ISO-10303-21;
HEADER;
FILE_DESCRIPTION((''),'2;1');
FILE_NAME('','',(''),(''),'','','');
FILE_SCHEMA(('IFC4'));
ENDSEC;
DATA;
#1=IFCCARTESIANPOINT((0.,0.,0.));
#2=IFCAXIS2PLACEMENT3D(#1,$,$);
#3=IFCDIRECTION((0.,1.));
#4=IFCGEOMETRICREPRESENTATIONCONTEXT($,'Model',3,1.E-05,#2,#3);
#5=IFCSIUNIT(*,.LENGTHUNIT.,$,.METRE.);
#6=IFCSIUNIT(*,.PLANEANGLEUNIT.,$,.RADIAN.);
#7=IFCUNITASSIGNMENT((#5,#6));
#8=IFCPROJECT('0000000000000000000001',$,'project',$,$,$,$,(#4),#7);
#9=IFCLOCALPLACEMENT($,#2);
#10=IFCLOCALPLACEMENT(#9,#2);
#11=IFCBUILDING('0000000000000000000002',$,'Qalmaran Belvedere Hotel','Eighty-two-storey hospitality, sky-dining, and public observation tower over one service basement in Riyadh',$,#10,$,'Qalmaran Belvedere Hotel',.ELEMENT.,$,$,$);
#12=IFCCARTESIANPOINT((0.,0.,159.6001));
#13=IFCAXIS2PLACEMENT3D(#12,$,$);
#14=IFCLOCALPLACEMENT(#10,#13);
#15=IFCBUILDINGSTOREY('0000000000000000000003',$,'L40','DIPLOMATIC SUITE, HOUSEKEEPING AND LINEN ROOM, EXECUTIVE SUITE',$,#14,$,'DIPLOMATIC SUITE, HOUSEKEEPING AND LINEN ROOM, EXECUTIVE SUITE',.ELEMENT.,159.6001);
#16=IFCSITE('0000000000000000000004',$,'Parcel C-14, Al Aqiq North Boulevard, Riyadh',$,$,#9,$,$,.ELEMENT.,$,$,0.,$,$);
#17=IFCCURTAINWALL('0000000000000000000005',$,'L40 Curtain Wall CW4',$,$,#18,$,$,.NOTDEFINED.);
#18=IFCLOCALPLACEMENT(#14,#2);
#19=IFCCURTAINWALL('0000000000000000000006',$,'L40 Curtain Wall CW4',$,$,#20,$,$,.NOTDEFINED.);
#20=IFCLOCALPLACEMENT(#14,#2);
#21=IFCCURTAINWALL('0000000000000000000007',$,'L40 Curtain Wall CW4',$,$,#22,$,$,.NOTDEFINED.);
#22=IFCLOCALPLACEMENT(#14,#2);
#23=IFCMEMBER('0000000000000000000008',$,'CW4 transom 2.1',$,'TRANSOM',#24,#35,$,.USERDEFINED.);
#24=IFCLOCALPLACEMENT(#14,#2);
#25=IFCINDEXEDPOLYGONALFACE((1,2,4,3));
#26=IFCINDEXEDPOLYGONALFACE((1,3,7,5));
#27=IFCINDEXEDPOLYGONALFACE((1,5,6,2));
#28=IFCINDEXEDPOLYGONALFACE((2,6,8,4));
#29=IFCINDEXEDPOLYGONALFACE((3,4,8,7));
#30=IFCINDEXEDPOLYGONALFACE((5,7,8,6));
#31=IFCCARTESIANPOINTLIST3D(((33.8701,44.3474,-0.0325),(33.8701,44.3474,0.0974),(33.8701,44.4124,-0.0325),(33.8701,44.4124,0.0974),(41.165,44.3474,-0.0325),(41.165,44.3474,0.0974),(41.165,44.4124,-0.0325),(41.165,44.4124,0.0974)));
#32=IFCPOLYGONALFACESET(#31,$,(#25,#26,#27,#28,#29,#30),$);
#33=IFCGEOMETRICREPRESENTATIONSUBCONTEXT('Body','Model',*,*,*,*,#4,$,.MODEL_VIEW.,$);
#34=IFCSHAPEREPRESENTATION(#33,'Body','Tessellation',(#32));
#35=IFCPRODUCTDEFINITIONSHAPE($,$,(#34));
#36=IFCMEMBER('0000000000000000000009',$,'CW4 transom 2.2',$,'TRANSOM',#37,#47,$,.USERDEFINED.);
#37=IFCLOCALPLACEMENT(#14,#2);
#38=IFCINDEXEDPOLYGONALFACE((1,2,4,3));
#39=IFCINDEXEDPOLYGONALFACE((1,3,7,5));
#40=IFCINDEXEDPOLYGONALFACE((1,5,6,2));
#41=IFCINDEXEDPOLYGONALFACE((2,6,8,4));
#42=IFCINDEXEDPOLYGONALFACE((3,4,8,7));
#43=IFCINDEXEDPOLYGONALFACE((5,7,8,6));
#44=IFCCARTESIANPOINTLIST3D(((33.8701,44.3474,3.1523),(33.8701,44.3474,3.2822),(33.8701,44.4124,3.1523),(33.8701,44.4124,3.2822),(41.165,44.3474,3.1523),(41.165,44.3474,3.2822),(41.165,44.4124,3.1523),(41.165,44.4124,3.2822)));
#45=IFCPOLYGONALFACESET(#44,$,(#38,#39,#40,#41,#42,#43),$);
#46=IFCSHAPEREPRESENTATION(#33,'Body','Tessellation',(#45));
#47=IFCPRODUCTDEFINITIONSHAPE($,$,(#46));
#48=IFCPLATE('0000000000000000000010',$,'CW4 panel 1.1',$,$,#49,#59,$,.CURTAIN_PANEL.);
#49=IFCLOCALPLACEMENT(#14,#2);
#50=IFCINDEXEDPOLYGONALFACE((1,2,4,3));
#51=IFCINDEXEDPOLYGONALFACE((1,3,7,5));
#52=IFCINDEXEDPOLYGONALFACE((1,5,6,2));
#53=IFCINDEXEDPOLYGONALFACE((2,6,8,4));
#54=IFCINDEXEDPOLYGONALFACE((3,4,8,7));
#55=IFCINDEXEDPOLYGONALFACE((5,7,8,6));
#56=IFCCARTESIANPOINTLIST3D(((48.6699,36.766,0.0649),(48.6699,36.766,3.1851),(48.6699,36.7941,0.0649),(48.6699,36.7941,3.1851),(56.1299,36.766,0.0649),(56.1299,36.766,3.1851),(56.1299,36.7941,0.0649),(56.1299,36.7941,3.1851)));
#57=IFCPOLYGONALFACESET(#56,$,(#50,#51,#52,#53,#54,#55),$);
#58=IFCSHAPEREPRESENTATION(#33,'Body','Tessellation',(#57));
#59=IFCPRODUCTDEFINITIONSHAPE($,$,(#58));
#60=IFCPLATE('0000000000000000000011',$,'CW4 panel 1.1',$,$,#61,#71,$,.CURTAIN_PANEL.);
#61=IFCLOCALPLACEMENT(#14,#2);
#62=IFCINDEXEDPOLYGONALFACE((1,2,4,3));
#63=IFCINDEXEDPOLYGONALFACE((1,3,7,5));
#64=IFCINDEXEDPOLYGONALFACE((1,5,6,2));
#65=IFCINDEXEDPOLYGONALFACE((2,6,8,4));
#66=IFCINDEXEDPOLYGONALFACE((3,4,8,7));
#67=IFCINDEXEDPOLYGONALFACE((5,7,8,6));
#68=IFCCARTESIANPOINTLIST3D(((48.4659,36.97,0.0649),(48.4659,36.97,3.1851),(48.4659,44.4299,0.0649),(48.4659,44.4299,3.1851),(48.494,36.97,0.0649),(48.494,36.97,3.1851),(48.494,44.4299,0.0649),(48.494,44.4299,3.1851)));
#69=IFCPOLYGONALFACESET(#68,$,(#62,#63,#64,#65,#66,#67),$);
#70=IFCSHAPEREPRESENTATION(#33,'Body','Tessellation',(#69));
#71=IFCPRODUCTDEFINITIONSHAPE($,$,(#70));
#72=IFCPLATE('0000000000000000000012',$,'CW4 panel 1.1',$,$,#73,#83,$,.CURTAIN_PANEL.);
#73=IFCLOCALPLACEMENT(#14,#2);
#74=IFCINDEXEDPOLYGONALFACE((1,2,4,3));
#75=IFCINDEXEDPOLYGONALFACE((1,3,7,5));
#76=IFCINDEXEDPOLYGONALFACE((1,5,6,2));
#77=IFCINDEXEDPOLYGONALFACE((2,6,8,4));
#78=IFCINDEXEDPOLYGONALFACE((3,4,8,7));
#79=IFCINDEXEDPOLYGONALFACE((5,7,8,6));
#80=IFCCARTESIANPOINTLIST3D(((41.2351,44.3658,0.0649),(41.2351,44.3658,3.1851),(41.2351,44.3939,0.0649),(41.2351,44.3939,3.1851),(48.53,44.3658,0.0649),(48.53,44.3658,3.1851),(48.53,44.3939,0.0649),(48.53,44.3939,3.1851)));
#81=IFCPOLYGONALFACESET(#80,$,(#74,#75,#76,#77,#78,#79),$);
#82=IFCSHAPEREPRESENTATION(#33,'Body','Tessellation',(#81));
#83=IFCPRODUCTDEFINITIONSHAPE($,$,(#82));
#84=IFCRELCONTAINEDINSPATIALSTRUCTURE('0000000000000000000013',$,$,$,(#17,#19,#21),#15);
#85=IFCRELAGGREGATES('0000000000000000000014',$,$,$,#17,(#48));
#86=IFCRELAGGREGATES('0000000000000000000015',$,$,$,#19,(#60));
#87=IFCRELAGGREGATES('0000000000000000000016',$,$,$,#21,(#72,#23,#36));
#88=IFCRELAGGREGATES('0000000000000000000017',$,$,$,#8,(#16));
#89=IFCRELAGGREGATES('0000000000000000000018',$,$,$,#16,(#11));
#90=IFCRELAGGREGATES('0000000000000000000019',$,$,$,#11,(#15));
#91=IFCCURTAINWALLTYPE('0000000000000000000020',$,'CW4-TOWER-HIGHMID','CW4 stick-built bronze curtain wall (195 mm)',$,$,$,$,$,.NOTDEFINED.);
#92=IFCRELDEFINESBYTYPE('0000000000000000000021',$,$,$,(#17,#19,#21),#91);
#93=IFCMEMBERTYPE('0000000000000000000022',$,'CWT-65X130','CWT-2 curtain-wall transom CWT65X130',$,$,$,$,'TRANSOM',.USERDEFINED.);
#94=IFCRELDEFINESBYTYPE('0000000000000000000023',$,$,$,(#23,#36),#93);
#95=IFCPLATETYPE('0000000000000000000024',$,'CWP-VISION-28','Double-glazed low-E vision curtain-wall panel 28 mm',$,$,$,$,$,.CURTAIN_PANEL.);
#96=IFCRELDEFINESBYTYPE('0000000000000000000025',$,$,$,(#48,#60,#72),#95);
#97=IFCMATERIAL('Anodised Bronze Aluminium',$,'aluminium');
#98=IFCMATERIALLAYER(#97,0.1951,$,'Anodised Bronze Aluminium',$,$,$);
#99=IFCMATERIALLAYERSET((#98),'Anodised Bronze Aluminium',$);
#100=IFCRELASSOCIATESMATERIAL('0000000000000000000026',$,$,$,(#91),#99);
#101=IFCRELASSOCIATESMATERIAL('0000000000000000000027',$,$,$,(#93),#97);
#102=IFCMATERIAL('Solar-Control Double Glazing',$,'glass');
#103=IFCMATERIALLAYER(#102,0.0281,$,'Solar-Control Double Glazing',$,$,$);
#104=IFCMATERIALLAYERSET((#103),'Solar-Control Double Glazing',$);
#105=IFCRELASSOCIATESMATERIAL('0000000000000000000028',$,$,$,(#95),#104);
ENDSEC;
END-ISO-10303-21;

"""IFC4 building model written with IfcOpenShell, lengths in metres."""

from ifc_helpers import new_model, si_unit, direction, frame, origin, origin_2d, place, context, subcontext, project, spatial, rectangle, extrude, material, layer, layer_set, material_profile, profile_set, type_object, element, aggregate, save


model = new_model("IFC4")

# Units and contexts
model_context = context("Model", 3, precision=1e-05, world=origin(), true_north=direction((0.0, 1.0)))
body_context = subcontext(model_context, "Body", "Model", "MODEL_VIEW")
ifc_project = project(units=[si_unit("LENGTHUNIT", "METRE"), si_unit("PLANEANGLEUNIT", "RADIAN")], contexts=[model_context])

# Site, building, storey
site_placement = place(None, origin())
site = spatial("IfcSite", under=ifc_project, at=site_placement, Name="Parcel C-14, Al Aqiq North Boulevard, Riyadh", CompositionType="ELEMENT", RefElevation=0.0)
building_placement = place(site_placement, origin())
building = spatial("IfcBuilding", under=site, at=building_placement, Name="Qalmaran Belvedere Hotel", Description="Eighty-two-storey hospitality, sky-dining, and public observation tower over one service basement in Riyadh", LongName="Qalmaran Belvedere Hotel", CompositionType="ELEMENT")
storey_placement = place(building_placement, frame((0.0, 0.0, 159.6001)))
storey = spatial("IfcBuildingStorey", under=building, at=storey_placement, Name="L40", Description="DIPLOMATIC SUITE, HOUSEKEEPING AND LINEN ROOM, EXECUTIVE SUITE", LongName="DIPLOMATIC SUITE, HOUSEKEEPING AND LINEN ROOM, EXECUTIVE SUITE", CompositionType="ELEMENT", Elevation=159.6001)

# Shared definitions
ifc_material_1 = material(Name="Anodised Bronze Aluminium", Category="aluminium")
ifc_layer_1 = layer(ifc_material_1, 0.1951, Name="Anodised Bronze Aluminium")
ifc_layer_set_1 = layer_set([ifc_layer_1], Name="Anodised Bronze Aluminium")
curtain_wall_type = type_object("IfcCurtainWallType", Name="CW4-TOWER-HIGHMID", Description="CW4 stick-built bronze curtain wall (195 mm)", PredefinedType="NOTDEFINED", material=ifc_layer_set_1)

# Curtain walls
curtain_wall_1_placement = place(storey_placement, origin())
curtain_wall_1 = element("IfcCurtainWall", 1, at=curtain_wall_1_placement, inside=storey, type_object=curtain_wall_type, Name="L40 Curtain Wall CW4", PredefinedType="NOTDEFINED")
curtain_wall_2_placement = place(storey_placement, origin())
curtain_wall_2 = element("IfcCurtainWall", 2, at=curtain_wall_2_placement, inside=storey, type_object=curtain_wall_type, Name="L40 Curtain Wall CW4", PredefinedType="NOTDEFINED")
curtain_wall_3_placement = place(storey_placement, origin())
curtain_wall_3 = element("IfcCurtainWall", 3, at=curtain_wall_3_placement, inside=storey, type_object=curtain_wall_type, Name="L40 Curtain Wall CW4", PredefinedType="NOTDEFINED")

# Members
ifc_material_profile_1 = material_profile(ifc_material_1, rectangle(XDim=0.0649, YDim=0.1299, at=origin_2d()), Name="CWT65X130")
ifc_profile_set_1 = profile_set([ifc_material_profile_1], Name="Anodised Bronze Aluminium")
member_type_1 = type_object("IfcMemberType", Name="CWT-65X130", Description="CWT-2 curtain-wall transom CWT65X130", ElementType="TRANSOM", PredefinedType="USERDEFINED", material=ifc_profile_set_1)
member_1_placement = place(storey_placement, frame((41.165, 44.3799, 0.0325), z_axis=(-1.0, 0.0, 0.0), x_axis=(0.0, -1.0, 0.0)))
member_1 = element("IfcMember", 4, at=member_1_placement, type_object=member_type_1, Name="CW4 transom 2.1", ObjectType="TRANSOM", PredefinedType="USERDEFINED", context=body_context, shape_type="SweptSolid", body=[
    extrude(rectangle(XDim=0.0649, YDim=0.1299, at=origin_2d()), origin(), (0.0, 0.0, 1.0), 7.2949),
])
member_2_placement = place(storey_placement, frame((41.165, 44.3799, 3.2173), z_axis=(-1.0, 0.0, 0.0), x_axis=(0.0, -1.0, 0.0)))
member_2 = element("IfcMember", 5, at=member_2_placement, type_object=member_type_1, Name="CW4 transom 2.2", ObjectType="TRANSOM", PredefinedType="USERDEFINED", context=body_context, shape_type="SweptSolid", body=[
    extrude(rectangle(XDim=0.0649, YDim=0.1299, at=origin_2d()), origin(), (0.0, 0.0, 1.0), 7.2949),
])

# Plates
ifc_material_2 = material(Name="Solar-Control Double Glazing", Category="glass")
ifc_layer_2 = layer(ifc_material_2, 0.0281, Name="Solar-Control Double Glazing")
ifc_layer_set_2 = layer_set([ifc_layer_2], Name="Solar-Control Double Glazing")
plate_type = type_object("IfcPlateType", Name="CWP-VISION-28", Description="Double-glazed low-E vision curtain-wall panel 28 mm", PredefinedType="CURTAIN_PANEL", material=ifc_layer_set_2)
plate_1_placement = place(storey_placement, frame((52.3999, 36.78, 0.0649), z_axis=(0.0, 0.0, 1.0), x_axis=(-1.0, 0.0, 0.0)))
plate_1 = element("IfcPlate", 6, at=plate_1_placement, type_object=plate_type, Name="CW4 panel 1.1", PredefinedType="CURTAIN_PANEL", context=body_context, shape_type="SweptSolid", body=[
    extrude(rectangle(XDim=7.46, YDim=0.0281, at=origin_2d()), origin(), (0.0, 0.0, 1.0), 3.1201),
])
aggregate(curtain_wall_1, [plate_1])
plate_2_placement = place(storey_placement, frame((48.48, 40.7, 0.0649), z_axis=(0.0, 0.0, 1.0), x_axis=(0.0, 1.0, 0.0)))
plate_2 = element("IfcPlate", 7, at=plate_2_placement, type_object=plate_type, Name="CW4 panel 1.1", PredefinedType="CURTAIN_PANEL", context=body_context, shape_type="SweptSolid", body=[
    extrude(rectangle(XDim=7.46, YDim=0.0281, at=origin_2d()), origin(), (0.0, 0.0, 1.0), 3.1201),
])
aggregate(curtain_wall_2, [plate_2])
plate_3_placement = place(storey_placement, frame((44.8826, 44.3799, 0.0649), z_axis=(0.0, 0.0, 1.0), x_axis=(-1.0, 0.0, 0.0)))
plate_3 = element("IfcPlate", 8, at=plate_3_placement, type_object=plate_type, Name="CW4 panel 1.1", PredefinedType="CURTAIN_PANEL", context=body_context, shape_type="SweptSolid", body=[
    extrude(rectangle(XDim=7.2949, YDim=0.0281, at=origin_2d()), origin(), (0.0, 0.0, 1.0), 3.1201),
])
aggregate(curtain_wall_3, [plate_3, member_1, member_2])

save(model, "model.ifc")
